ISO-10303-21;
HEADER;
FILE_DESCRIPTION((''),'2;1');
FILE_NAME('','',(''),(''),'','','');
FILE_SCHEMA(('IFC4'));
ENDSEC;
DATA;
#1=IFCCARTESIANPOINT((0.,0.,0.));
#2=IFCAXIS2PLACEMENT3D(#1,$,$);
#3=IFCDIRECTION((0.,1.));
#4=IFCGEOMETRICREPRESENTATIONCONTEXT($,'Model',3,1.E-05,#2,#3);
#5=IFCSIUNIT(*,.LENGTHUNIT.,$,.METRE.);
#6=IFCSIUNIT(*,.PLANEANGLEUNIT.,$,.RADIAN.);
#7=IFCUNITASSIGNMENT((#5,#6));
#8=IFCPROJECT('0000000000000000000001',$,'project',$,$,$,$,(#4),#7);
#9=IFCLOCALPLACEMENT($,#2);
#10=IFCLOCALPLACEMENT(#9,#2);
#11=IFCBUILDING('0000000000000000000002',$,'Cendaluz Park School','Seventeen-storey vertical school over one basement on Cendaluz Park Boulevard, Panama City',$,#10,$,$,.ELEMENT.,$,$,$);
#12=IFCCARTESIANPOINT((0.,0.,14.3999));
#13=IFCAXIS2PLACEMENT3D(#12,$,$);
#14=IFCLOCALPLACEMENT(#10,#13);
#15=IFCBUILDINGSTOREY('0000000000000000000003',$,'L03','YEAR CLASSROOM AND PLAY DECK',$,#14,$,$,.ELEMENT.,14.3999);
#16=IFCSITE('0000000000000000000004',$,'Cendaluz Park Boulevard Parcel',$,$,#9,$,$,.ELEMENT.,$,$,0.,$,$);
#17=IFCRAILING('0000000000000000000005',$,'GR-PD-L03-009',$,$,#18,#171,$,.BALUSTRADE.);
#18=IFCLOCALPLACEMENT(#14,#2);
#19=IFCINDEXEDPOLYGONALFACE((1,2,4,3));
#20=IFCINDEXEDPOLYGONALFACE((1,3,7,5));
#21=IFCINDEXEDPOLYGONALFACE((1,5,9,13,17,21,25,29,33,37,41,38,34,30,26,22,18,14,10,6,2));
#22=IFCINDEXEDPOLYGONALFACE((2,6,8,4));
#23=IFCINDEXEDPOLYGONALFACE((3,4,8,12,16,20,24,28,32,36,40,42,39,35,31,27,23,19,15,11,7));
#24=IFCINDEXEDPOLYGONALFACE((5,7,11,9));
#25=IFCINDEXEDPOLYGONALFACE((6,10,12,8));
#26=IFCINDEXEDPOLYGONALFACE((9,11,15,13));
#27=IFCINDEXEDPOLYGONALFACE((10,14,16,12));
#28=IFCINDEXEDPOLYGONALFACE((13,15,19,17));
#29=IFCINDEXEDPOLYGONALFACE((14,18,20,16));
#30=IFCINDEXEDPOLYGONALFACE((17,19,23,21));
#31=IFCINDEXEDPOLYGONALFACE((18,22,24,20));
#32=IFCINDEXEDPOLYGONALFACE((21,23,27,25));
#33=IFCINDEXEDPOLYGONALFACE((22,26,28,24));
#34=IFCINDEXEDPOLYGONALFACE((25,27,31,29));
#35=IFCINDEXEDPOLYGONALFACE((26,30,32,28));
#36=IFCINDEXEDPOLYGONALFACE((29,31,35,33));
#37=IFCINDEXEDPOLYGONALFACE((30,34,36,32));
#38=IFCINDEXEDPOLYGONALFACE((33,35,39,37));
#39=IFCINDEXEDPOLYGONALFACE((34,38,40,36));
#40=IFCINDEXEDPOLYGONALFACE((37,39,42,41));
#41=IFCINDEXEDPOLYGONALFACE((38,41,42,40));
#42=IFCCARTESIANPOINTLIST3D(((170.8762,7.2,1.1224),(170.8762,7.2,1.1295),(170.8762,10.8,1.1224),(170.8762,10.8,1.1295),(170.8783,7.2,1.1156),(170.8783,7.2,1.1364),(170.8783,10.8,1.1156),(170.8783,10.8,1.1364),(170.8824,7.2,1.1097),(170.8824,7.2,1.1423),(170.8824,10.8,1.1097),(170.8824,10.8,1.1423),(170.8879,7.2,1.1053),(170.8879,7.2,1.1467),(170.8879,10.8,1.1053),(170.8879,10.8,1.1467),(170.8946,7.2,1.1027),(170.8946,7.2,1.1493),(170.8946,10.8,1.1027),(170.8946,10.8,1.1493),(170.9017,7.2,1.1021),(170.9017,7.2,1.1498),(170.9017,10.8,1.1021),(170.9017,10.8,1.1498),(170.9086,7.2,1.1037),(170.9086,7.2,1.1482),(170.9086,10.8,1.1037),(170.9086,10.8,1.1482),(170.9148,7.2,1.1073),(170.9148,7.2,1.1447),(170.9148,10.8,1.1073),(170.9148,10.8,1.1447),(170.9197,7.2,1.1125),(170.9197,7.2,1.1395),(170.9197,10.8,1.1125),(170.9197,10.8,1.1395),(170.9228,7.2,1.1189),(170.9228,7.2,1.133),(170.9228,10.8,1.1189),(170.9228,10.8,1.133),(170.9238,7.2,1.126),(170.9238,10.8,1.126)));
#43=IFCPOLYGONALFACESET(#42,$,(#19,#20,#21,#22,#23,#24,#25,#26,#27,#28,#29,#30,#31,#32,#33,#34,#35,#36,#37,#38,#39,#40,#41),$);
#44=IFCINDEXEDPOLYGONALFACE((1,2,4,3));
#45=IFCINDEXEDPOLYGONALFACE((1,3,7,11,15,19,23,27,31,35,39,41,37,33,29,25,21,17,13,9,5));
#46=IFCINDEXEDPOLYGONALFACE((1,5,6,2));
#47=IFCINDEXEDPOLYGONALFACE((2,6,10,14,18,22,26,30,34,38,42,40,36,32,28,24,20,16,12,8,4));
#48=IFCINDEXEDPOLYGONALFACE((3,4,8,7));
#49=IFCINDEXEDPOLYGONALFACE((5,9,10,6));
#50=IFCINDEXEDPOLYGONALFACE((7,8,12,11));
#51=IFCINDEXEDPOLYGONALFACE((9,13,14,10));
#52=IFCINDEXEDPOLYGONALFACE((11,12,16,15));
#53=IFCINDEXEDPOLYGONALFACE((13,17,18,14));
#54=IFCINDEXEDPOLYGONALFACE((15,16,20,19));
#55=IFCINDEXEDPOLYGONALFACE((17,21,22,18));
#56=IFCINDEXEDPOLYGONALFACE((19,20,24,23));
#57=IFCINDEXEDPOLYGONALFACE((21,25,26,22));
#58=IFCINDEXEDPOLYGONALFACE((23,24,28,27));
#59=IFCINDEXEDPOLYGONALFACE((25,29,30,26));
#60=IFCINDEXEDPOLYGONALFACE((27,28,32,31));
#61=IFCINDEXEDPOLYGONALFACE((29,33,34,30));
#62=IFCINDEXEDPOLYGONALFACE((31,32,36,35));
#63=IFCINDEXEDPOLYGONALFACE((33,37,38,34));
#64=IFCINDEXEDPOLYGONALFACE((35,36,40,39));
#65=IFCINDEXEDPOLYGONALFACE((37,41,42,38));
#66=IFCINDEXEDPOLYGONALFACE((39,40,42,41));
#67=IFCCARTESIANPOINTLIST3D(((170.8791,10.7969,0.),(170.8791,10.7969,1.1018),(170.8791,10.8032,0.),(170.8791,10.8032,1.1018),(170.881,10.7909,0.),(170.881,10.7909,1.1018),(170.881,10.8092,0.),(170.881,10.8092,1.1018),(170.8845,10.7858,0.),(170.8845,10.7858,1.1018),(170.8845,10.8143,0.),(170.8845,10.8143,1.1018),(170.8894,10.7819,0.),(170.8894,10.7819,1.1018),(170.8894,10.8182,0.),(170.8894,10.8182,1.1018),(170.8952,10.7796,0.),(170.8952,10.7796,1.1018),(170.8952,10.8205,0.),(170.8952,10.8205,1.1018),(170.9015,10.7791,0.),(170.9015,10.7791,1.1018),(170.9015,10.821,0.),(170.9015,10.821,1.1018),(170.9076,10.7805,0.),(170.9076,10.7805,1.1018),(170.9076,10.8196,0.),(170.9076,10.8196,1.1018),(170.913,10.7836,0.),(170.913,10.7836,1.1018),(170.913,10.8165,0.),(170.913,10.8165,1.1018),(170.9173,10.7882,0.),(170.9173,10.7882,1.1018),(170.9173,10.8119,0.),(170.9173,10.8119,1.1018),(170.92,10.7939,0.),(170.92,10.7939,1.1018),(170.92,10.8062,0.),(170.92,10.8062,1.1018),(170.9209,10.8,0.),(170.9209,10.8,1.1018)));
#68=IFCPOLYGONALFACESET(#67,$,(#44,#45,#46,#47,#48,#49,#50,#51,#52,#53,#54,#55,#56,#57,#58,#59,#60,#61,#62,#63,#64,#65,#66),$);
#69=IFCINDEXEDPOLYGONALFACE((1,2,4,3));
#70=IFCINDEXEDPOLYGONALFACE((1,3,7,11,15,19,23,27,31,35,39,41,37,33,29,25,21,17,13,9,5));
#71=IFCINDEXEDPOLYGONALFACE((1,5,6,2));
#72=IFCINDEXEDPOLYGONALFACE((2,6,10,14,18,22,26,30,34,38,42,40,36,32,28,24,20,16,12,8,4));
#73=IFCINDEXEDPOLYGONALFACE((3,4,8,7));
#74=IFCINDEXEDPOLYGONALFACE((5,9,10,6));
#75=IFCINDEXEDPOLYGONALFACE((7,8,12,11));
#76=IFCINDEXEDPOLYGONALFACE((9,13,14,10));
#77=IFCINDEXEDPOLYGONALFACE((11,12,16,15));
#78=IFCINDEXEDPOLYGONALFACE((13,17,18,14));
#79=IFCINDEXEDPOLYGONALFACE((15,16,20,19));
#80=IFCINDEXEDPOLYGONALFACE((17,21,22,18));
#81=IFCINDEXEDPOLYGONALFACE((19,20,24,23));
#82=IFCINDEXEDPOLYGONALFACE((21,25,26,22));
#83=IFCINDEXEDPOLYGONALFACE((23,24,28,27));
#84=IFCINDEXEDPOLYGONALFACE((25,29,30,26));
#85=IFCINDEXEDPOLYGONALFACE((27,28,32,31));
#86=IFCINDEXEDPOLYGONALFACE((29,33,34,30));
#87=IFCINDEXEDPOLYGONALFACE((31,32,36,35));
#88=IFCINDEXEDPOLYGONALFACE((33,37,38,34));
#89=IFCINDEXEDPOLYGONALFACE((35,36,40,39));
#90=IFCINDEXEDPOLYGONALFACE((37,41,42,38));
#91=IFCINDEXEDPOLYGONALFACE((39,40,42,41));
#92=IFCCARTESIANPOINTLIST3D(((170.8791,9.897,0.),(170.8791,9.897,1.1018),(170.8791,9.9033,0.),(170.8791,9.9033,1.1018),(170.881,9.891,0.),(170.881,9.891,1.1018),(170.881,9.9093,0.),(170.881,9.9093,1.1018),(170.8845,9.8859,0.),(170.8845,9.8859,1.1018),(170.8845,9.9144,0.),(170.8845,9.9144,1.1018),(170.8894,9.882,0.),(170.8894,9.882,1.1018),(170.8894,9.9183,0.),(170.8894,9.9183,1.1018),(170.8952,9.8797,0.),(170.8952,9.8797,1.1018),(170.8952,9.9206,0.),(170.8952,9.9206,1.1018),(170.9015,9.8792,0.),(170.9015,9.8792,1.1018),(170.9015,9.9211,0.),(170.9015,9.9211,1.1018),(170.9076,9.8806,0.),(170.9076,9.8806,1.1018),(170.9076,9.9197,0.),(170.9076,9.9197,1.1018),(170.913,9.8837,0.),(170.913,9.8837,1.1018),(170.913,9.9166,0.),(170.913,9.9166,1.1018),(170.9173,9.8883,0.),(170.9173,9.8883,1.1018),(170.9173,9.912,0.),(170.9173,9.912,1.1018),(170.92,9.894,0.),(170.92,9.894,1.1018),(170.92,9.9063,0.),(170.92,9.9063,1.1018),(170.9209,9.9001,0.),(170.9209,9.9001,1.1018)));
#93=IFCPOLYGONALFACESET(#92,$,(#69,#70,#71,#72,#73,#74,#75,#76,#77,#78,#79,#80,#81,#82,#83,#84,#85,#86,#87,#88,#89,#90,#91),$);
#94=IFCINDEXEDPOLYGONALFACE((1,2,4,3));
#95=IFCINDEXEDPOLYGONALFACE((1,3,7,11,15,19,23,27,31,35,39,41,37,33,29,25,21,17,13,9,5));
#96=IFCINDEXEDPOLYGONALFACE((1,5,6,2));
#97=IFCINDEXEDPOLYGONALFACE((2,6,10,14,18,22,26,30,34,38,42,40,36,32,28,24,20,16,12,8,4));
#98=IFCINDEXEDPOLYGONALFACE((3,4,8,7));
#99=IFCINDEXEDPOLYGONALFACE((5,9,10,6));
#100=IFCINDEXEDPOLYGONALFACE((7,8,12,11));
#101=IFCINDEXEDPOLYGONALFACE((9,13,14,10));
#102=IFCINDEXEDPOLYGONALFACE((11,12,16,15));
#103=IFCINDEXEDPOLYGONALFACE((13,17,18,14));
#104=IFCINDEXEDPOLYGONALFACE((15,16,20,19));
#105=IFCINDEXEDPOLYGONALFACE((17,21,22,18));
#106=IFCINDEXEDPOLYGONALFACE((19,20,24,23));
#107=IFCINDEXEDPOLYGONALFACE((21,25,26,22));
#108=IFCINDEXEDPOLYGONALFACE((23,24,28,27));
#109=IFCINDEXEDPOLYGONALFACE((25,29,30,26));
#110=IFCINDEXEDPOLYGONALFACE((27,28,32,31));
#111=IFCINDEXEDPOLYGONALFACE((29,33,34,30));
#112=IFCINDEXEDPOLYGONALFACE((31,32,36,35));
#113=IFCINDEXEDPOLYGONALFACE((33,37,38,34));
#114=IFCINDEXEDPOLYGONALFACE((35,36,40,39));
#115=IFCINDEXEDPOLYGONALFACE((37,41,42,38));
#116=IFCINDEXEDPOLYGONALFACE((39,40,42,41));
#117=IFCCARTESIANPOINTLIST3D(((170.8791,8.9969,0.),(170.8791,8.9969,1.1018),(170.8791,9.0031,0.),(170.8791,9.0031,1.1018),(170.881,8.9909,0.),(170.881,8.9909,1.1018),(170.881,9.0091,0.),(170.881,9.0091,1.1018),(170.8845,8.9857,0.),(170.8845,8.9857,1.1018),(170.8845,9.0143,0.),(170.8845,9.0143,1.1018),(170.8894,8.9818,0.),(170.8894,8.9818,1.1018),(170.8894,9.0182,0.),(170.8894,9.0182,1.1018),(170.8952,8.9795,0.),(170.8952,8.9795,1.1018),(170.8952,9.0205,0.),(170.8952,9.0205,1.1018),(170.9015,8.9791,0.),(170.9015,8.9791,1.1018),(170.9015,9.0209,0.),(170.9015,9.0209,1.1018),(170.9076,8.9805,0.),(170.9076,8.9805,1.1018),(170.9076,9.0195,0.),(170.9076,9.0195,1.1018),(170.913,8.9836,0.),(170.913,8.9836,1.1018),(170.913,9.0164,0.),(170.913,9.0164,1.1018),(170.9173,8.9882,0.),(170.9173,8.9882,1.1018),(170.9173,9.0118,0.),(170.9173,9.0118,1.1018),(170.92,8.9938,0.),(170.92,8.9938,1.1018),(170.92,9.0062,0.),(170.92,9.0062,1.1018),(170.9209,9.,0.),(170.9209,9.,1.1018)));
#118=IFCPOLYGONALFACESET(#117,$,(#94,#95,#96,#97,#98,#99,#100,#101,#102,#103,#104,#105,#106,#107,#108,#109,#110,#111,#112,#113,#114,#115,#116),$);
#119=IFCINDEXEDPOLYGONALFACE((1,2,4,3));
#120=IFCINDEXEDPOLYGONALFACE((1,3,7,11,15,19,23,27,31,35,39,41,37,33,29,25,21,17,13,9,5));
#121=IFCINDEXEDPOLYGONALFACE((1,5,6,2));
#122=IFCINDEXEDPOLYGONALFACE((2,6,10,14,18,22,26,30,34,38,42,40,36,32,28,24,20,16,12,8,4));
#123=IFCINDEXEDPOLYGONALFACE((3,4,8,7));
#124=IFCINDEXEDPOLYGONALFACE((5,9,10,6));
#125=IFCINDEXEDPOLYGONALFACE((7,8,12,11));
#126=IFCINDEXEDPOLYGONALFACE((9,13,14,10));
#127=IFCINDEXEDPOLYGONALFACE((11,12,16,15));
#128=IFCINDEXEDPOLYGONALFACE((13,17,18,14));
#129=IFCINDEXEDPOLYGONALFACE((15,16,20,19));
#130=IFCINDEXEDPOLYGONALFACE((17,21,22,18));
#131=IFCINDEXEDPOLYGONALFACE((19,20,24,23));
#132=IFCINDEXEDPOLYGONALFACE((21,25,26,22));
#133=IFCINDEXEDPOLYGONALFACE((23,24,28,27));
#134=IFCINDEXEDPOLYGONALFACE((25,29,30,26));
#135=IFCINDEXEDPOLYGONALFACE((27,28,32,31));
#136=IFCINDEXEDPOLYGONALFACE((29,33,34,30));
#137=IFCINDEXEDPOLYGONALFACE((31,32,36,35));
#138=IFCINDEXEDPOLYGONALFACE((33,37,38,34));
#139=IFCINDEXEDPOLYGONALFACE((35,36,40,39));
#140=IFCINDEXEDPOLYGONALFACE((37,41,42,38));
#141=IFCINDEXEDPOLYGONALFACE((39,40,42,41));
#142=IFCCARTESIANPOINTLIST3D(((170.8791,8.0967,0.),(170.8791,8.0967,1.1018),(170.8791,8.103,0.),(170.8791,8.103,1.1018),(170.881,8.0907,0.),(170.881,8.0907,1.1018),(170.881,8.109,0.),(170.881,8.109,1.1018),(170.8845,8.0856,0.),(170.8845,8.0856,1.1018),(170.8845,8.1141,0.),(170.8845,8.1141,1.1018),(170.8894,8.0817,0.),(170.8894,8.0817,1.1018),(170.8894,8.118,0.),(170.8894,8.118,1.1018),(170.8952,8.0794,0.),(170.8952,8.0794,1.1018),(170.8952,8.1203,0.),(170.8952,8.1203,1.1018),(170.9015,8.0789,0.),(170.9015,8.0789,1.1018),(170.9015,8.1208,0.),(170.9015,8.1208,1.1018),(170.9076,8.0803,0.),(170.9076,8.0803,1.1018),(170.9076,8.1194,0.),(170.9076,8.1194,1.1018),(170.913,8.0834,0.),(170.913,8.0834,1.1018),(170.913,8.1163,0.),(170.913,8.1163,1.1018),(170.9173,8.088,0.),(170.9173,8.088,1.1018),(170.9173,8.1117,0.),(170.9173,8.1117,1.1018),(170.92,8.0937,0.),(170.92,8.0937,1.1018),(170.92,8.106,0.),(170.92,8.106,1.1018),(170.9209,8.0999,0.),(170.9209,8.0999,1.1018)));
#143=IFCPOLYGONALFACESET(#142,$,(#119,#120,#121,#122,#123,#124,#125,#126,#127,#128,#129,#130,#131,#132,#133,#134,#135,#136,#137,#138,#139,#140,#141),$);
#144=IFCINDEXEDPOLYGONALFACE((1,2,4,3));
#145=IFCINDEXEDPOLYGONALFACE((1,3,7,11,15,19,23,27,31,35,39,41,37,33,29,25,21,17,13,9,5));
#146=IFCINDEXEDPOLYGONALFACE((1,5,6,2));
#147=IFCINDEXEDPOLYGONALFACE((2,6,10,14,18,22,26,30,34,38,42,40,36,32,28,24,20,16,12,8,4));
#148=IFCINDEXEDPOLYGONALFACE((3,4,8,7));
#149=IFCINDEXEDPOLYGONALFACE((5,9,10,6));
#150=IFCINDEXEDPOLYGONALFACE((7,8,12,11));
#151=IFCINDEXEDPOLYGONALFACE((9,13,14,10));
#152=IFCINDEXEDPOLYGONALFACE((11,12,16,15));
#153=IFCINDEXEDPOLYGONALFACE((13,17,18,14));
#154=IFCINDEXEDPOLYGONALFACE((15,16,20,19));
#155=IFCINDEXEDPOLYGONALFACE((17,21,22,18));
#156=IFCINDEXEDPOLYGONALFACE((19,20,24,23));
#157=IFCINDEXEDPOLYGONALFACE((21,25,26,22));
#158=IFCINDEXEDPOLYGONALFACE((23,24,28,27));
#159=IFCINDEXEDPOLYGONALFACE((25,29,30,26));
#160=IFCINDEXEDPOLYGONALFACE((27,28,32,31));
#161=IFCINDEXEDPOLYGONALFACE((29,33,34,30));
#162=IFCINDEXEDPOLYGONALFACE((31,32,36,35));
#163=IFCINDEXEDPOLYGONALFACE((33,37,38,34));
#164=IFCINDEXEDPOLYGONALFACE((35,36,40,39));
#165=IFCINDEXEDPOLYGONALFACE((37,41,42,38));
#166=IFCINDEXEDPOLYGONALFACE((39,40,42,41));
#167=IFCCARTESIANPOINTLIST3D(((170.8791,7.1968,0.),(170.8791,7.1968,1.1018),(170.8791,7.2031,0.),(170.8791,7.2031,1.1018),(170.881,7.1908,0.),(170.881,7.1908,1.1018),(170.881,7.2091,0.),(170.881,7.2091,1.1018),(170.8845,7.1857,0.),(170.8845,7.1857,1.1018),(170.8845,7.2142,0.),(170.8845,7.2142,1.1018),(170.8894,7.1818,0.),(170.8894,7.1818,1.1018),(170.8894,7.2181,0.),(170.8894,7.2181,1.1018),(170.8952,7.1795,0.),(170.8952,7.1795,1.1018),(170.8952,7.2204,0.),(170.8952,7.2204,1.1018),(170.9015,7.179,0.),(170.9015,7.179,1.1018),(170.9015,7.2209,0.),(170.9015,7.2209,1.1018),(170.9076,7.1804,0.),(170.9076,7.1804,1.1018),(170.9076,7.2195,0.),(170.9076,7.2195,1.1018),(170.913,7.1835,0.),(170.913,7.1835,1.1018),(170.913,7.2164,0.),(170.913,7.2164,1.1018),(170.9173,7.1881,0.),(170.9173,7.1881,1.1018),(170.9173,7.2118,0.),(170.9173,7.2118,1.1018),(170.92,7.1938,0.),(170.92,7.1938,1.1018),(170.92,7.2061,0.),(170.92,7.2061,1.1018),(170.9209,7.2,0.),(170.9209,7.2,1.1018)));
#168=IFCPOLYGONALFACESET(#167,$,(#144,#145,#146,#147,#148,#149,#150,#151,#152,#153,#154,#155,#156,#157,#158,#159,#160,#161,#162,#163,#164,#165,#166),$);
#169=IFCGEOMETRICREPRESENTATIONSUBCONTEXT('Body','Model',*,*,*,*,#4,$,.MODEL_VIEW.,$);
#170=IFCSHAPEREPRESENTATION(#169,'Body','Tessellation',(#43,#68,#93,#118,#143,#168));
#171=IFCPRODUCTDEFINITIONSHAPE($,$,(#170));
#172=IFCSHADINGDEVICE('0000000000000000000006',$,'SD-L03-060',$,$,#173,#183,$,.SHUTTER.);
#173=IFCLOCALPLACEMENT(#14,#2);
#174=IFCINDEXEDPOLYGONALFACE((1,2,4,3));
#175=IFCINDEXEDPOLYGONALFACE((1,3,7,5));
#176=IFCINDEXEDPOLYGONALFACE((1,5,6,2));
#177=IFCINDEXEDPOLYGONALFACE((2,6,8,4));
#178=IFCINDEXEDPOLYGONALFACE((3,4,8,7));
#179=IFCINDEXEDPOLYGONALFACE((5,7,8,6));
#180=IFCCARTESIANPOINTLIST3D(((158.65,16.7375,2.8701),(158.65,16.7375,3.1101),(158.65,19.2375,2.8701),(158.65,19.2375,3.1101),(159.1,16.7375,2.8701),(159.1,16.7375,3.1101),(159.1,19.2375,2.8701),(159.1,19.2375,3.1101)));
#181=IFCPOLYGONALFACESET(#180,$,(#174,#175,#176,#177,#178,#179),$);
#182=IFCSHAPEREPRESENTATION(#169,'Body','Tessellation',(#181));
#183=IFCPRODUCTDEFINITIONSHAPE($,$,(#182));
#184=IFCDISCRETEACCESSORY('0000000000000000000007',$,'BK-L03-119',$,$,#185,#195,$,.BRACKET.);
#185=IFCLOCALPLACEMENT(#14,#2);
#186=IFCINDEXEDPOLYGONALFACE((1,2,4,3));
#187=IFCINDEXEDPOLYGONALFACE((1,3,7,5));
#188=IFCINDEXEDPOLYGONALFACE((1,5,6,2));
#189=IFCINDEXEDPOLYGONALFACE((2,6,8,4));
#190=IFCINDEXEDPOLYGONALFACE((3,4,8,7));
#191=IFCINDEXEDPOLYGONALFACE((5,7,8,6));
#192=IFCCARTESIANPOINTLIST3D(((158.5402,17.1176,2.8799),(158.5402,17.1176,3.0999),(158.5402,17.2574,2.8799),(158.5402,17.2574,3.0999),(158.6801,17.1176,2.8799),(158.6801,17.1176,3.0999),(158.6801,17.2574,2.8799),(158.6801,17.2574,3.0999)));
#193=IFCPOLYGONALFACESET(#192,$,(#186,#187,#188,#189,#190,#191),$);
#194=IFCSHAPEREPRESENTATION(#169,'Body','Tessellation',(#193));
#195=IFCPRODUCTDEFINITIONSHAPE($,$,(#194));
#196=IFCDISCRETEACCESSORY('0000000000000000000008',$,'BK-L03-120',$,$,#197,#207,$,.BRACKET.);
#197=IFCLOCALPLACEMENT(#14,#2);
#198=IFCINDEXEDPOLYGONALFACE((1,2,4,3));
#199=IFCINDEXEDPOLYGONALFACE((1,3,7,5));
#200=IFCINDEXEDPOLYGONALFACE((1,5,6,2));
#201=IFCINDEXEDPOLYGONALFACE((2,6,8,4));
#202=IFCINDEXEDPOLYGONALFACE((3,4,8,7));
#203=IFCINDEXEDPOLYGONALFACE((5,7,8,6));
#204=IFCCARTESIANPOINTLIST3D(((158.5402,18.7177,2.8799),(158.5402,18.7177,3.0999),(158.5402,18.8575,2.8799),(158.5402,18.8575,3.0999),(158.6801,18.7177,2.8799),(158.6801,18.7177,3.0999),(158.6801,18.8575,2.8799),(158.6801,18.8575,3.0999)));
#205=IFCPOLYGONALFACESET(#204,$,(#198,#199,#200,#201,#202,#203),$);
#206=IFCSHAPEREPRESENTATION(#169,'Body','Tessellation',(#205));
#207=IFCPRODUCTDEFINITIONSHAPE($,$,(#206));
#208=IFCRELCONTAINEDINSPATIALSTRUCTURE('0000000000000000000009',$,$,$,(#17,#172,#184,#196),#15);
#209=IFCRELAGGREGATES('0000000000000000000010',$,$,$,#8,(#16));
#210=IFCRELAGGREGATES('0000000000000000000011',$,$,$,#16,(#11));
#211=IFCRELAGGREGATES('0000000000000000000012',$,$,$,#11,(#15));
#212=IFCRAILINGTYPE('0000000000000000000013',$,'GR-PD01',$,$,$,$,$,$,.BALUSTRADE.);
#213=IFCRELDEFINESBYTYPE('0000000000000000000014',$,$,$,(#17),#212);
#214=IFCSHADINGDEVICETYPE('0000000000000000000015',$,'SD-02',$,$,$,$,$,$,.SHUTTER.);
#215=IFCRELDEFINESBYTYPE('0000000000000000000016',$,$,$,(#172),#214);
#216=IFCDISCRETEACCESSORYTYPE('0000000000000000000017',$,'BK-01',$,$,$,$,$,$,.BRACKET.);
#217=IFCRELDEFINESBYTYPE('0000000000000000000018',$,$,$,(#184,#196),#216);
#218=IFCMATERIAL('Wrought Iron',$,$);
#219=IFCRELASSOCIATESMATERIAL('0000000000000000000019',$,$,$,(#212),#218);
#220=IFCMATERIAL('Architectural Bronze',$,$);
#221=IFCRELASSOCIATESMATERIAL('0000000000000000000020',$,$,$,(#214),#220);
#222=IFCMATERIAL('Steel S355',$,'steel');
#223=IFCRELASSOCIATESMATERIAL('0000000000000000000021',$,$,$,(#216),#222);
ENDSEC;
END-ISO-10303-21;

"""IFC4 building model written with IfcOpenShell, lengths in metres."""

from ifc_helpers import new_model, si_unit, direction, frame, origin, origin_2d, place, context, subcontext, project, spatial, rectangle, circle, extrude, material, type_object, element, save


model = new_model("IFC4")

# Units and contexts
model_context = context("Model", 3, precision=1e-05, world=origin(), true_north=direction((0.0, 1.0)))
body_context = subcontext(model_context, "Body", "Model", "MODEL_VIEW")
ifc_project = project(units=[si_unit("LENGTHUNIT", "METRE"), si_unit("PLANEANGLEUNIT", "RADIAN")], contexts=[model_context])

# Site, building, storey
site_placement = place(None, origin())
site = spatial("IfcSite", under=ifc_project, at=site_placement, Name="Cendaluz Park Boulevard Parcel", CompositionType="ELEMENT", RefElevation=0.0)
building_placement = place(site_placement, origin())
building = spatial("IfcBuilding", under=site, at=building_placement, Name="Cendaluz Park School", Description="Seventeen-storey vertical school over one basement on Cendaluz Park Boulevard, Panama City", CompositionType="ELEMENT")
storey_placement = place(building_placement, frame((0.0, 0.0, 14.3999)))
storey = spatial("IfcBuildingStorey", under=building, at=storey_placement, Name="L03", Description="YEAR CLASSROOM AND PLAY DECK", CompositionType="ELEMENT", Elevation=14.3999)

# Shared definitions
ifc_material_1 = material(Name="Architectural Bronze")

# Railing
ifc_material_2 = material(Name="Wrought Iron")
railing_type = type_object("IfcRailingType", Name="GR-PD01", PredefinedType="BALUSTRADE", material=ifc_material_2)
railing_1_placement = place(storey_placement, frame((170.8999, 10.8, 0.0)))
element("IfcRailing", 1, at=railing_1_placement, inside=storey, type_object=railing_type, Name="GR-PD-L03-009", PredefinedType="BALUSTRADE", context=body_context, shape_type="SweptSolid", body=[
    extrude(circle(Radius=0.0239, at=origin_2d()), frame((0.0, 0.0, 1.126), z_axis=(0.0, -1.0, 0.0), x_axis=(1.0, 0.0, 0.0)), (0.0, 0.0, 1.0), 3.6001),
    extrude(circle(Radius=0.021, at=origin_2d()), origin(), (0.0, 0.0, 1.0), 1.1018),
    extrude(circle(Radius=0.021, at=origin_2d()), frame((0.0, -0.8999, 0.0)), (0.0, 0.0, 1.0), 1.1018),
    extrude(circle(Radius=0.021, at=origin_2d()), frame((0.0, -1.8, 0.0)), (0.0, 0.0, 1.0), 1.1018),
    extrude(circle(Radius=0.021, at=origin_2d()), frame((0.0, -2.7002, 0.0)), (0.0, 0.0, 1.0), 1.1018),
    extrude(circle(Radius=0.021, at=origin_2d()), frame((0.0, -3.6001, 0.0)), (0.0, 0.0, 1.0), 1.1018),
])

# Shading device
shading_device_type = type_object("IfcShadingDeviceType", Name="SD-02", PredefinedType="SHUTTER", material=ifc_material_1)
shading_device_placement = place(storey_placement, frame((158.875, 17.9875, 2.8701), z_axis=(0.0, 0.0, 1.0), x_axis=(0.0, 1.0, 0.0)))
element("IfcShadingDevice", 2, at=shading_device_placement, inside=storey, type_object=shading_device_type, Name="SD-L03-060", PredefinedType="SHUTTER", context=body_context, shape_type="SweptSolid", body=[
    extrude(rectangle(XDim=2.5, YDim=0.45, at=origin_2d()), origin(), (0.0, 0.0, 1.0), 0.24),
])

# Discrete accessories
ifc_material_3 = material(Name="Steel S355", Category="steel")
discrete_accessory_type = type_object("IfcDiscreteAccessoryType", Name="BK-01", PredefinedType="BRACKET", material=ifc_material_3)
for number, where, z_axis, x_axis, name in (
    (3, (158.6101, 17.1875, 2.8799), (0.0, 0.0, 1.0), (0.0, 1.0, 0.0), "BK-L03-119"),
    (4, (158.6101, 18.7876, 2.8799), (0.0, 0.0, 1.0), (0.0, 1.0, 0.0), "BK-L03-120"),
):
    element("IfcDiscreteAccessory", number, at=place(storey_placement, frame(where, z_axis=z_axis, x_axis=x_axis)), inside=storey, type_object=discrete_accessory_type, Name=name, PredefinedType="BRACKET", context=body_context, shape_type="SweptSolid", body=[
        extrude(rectangle(XDim=0.1399, YDim=0.1399, at=origin_2d()), origin(), (0.0, 0.0, 1.0), 0.22),
    ])

save(model, "model.ifc")
